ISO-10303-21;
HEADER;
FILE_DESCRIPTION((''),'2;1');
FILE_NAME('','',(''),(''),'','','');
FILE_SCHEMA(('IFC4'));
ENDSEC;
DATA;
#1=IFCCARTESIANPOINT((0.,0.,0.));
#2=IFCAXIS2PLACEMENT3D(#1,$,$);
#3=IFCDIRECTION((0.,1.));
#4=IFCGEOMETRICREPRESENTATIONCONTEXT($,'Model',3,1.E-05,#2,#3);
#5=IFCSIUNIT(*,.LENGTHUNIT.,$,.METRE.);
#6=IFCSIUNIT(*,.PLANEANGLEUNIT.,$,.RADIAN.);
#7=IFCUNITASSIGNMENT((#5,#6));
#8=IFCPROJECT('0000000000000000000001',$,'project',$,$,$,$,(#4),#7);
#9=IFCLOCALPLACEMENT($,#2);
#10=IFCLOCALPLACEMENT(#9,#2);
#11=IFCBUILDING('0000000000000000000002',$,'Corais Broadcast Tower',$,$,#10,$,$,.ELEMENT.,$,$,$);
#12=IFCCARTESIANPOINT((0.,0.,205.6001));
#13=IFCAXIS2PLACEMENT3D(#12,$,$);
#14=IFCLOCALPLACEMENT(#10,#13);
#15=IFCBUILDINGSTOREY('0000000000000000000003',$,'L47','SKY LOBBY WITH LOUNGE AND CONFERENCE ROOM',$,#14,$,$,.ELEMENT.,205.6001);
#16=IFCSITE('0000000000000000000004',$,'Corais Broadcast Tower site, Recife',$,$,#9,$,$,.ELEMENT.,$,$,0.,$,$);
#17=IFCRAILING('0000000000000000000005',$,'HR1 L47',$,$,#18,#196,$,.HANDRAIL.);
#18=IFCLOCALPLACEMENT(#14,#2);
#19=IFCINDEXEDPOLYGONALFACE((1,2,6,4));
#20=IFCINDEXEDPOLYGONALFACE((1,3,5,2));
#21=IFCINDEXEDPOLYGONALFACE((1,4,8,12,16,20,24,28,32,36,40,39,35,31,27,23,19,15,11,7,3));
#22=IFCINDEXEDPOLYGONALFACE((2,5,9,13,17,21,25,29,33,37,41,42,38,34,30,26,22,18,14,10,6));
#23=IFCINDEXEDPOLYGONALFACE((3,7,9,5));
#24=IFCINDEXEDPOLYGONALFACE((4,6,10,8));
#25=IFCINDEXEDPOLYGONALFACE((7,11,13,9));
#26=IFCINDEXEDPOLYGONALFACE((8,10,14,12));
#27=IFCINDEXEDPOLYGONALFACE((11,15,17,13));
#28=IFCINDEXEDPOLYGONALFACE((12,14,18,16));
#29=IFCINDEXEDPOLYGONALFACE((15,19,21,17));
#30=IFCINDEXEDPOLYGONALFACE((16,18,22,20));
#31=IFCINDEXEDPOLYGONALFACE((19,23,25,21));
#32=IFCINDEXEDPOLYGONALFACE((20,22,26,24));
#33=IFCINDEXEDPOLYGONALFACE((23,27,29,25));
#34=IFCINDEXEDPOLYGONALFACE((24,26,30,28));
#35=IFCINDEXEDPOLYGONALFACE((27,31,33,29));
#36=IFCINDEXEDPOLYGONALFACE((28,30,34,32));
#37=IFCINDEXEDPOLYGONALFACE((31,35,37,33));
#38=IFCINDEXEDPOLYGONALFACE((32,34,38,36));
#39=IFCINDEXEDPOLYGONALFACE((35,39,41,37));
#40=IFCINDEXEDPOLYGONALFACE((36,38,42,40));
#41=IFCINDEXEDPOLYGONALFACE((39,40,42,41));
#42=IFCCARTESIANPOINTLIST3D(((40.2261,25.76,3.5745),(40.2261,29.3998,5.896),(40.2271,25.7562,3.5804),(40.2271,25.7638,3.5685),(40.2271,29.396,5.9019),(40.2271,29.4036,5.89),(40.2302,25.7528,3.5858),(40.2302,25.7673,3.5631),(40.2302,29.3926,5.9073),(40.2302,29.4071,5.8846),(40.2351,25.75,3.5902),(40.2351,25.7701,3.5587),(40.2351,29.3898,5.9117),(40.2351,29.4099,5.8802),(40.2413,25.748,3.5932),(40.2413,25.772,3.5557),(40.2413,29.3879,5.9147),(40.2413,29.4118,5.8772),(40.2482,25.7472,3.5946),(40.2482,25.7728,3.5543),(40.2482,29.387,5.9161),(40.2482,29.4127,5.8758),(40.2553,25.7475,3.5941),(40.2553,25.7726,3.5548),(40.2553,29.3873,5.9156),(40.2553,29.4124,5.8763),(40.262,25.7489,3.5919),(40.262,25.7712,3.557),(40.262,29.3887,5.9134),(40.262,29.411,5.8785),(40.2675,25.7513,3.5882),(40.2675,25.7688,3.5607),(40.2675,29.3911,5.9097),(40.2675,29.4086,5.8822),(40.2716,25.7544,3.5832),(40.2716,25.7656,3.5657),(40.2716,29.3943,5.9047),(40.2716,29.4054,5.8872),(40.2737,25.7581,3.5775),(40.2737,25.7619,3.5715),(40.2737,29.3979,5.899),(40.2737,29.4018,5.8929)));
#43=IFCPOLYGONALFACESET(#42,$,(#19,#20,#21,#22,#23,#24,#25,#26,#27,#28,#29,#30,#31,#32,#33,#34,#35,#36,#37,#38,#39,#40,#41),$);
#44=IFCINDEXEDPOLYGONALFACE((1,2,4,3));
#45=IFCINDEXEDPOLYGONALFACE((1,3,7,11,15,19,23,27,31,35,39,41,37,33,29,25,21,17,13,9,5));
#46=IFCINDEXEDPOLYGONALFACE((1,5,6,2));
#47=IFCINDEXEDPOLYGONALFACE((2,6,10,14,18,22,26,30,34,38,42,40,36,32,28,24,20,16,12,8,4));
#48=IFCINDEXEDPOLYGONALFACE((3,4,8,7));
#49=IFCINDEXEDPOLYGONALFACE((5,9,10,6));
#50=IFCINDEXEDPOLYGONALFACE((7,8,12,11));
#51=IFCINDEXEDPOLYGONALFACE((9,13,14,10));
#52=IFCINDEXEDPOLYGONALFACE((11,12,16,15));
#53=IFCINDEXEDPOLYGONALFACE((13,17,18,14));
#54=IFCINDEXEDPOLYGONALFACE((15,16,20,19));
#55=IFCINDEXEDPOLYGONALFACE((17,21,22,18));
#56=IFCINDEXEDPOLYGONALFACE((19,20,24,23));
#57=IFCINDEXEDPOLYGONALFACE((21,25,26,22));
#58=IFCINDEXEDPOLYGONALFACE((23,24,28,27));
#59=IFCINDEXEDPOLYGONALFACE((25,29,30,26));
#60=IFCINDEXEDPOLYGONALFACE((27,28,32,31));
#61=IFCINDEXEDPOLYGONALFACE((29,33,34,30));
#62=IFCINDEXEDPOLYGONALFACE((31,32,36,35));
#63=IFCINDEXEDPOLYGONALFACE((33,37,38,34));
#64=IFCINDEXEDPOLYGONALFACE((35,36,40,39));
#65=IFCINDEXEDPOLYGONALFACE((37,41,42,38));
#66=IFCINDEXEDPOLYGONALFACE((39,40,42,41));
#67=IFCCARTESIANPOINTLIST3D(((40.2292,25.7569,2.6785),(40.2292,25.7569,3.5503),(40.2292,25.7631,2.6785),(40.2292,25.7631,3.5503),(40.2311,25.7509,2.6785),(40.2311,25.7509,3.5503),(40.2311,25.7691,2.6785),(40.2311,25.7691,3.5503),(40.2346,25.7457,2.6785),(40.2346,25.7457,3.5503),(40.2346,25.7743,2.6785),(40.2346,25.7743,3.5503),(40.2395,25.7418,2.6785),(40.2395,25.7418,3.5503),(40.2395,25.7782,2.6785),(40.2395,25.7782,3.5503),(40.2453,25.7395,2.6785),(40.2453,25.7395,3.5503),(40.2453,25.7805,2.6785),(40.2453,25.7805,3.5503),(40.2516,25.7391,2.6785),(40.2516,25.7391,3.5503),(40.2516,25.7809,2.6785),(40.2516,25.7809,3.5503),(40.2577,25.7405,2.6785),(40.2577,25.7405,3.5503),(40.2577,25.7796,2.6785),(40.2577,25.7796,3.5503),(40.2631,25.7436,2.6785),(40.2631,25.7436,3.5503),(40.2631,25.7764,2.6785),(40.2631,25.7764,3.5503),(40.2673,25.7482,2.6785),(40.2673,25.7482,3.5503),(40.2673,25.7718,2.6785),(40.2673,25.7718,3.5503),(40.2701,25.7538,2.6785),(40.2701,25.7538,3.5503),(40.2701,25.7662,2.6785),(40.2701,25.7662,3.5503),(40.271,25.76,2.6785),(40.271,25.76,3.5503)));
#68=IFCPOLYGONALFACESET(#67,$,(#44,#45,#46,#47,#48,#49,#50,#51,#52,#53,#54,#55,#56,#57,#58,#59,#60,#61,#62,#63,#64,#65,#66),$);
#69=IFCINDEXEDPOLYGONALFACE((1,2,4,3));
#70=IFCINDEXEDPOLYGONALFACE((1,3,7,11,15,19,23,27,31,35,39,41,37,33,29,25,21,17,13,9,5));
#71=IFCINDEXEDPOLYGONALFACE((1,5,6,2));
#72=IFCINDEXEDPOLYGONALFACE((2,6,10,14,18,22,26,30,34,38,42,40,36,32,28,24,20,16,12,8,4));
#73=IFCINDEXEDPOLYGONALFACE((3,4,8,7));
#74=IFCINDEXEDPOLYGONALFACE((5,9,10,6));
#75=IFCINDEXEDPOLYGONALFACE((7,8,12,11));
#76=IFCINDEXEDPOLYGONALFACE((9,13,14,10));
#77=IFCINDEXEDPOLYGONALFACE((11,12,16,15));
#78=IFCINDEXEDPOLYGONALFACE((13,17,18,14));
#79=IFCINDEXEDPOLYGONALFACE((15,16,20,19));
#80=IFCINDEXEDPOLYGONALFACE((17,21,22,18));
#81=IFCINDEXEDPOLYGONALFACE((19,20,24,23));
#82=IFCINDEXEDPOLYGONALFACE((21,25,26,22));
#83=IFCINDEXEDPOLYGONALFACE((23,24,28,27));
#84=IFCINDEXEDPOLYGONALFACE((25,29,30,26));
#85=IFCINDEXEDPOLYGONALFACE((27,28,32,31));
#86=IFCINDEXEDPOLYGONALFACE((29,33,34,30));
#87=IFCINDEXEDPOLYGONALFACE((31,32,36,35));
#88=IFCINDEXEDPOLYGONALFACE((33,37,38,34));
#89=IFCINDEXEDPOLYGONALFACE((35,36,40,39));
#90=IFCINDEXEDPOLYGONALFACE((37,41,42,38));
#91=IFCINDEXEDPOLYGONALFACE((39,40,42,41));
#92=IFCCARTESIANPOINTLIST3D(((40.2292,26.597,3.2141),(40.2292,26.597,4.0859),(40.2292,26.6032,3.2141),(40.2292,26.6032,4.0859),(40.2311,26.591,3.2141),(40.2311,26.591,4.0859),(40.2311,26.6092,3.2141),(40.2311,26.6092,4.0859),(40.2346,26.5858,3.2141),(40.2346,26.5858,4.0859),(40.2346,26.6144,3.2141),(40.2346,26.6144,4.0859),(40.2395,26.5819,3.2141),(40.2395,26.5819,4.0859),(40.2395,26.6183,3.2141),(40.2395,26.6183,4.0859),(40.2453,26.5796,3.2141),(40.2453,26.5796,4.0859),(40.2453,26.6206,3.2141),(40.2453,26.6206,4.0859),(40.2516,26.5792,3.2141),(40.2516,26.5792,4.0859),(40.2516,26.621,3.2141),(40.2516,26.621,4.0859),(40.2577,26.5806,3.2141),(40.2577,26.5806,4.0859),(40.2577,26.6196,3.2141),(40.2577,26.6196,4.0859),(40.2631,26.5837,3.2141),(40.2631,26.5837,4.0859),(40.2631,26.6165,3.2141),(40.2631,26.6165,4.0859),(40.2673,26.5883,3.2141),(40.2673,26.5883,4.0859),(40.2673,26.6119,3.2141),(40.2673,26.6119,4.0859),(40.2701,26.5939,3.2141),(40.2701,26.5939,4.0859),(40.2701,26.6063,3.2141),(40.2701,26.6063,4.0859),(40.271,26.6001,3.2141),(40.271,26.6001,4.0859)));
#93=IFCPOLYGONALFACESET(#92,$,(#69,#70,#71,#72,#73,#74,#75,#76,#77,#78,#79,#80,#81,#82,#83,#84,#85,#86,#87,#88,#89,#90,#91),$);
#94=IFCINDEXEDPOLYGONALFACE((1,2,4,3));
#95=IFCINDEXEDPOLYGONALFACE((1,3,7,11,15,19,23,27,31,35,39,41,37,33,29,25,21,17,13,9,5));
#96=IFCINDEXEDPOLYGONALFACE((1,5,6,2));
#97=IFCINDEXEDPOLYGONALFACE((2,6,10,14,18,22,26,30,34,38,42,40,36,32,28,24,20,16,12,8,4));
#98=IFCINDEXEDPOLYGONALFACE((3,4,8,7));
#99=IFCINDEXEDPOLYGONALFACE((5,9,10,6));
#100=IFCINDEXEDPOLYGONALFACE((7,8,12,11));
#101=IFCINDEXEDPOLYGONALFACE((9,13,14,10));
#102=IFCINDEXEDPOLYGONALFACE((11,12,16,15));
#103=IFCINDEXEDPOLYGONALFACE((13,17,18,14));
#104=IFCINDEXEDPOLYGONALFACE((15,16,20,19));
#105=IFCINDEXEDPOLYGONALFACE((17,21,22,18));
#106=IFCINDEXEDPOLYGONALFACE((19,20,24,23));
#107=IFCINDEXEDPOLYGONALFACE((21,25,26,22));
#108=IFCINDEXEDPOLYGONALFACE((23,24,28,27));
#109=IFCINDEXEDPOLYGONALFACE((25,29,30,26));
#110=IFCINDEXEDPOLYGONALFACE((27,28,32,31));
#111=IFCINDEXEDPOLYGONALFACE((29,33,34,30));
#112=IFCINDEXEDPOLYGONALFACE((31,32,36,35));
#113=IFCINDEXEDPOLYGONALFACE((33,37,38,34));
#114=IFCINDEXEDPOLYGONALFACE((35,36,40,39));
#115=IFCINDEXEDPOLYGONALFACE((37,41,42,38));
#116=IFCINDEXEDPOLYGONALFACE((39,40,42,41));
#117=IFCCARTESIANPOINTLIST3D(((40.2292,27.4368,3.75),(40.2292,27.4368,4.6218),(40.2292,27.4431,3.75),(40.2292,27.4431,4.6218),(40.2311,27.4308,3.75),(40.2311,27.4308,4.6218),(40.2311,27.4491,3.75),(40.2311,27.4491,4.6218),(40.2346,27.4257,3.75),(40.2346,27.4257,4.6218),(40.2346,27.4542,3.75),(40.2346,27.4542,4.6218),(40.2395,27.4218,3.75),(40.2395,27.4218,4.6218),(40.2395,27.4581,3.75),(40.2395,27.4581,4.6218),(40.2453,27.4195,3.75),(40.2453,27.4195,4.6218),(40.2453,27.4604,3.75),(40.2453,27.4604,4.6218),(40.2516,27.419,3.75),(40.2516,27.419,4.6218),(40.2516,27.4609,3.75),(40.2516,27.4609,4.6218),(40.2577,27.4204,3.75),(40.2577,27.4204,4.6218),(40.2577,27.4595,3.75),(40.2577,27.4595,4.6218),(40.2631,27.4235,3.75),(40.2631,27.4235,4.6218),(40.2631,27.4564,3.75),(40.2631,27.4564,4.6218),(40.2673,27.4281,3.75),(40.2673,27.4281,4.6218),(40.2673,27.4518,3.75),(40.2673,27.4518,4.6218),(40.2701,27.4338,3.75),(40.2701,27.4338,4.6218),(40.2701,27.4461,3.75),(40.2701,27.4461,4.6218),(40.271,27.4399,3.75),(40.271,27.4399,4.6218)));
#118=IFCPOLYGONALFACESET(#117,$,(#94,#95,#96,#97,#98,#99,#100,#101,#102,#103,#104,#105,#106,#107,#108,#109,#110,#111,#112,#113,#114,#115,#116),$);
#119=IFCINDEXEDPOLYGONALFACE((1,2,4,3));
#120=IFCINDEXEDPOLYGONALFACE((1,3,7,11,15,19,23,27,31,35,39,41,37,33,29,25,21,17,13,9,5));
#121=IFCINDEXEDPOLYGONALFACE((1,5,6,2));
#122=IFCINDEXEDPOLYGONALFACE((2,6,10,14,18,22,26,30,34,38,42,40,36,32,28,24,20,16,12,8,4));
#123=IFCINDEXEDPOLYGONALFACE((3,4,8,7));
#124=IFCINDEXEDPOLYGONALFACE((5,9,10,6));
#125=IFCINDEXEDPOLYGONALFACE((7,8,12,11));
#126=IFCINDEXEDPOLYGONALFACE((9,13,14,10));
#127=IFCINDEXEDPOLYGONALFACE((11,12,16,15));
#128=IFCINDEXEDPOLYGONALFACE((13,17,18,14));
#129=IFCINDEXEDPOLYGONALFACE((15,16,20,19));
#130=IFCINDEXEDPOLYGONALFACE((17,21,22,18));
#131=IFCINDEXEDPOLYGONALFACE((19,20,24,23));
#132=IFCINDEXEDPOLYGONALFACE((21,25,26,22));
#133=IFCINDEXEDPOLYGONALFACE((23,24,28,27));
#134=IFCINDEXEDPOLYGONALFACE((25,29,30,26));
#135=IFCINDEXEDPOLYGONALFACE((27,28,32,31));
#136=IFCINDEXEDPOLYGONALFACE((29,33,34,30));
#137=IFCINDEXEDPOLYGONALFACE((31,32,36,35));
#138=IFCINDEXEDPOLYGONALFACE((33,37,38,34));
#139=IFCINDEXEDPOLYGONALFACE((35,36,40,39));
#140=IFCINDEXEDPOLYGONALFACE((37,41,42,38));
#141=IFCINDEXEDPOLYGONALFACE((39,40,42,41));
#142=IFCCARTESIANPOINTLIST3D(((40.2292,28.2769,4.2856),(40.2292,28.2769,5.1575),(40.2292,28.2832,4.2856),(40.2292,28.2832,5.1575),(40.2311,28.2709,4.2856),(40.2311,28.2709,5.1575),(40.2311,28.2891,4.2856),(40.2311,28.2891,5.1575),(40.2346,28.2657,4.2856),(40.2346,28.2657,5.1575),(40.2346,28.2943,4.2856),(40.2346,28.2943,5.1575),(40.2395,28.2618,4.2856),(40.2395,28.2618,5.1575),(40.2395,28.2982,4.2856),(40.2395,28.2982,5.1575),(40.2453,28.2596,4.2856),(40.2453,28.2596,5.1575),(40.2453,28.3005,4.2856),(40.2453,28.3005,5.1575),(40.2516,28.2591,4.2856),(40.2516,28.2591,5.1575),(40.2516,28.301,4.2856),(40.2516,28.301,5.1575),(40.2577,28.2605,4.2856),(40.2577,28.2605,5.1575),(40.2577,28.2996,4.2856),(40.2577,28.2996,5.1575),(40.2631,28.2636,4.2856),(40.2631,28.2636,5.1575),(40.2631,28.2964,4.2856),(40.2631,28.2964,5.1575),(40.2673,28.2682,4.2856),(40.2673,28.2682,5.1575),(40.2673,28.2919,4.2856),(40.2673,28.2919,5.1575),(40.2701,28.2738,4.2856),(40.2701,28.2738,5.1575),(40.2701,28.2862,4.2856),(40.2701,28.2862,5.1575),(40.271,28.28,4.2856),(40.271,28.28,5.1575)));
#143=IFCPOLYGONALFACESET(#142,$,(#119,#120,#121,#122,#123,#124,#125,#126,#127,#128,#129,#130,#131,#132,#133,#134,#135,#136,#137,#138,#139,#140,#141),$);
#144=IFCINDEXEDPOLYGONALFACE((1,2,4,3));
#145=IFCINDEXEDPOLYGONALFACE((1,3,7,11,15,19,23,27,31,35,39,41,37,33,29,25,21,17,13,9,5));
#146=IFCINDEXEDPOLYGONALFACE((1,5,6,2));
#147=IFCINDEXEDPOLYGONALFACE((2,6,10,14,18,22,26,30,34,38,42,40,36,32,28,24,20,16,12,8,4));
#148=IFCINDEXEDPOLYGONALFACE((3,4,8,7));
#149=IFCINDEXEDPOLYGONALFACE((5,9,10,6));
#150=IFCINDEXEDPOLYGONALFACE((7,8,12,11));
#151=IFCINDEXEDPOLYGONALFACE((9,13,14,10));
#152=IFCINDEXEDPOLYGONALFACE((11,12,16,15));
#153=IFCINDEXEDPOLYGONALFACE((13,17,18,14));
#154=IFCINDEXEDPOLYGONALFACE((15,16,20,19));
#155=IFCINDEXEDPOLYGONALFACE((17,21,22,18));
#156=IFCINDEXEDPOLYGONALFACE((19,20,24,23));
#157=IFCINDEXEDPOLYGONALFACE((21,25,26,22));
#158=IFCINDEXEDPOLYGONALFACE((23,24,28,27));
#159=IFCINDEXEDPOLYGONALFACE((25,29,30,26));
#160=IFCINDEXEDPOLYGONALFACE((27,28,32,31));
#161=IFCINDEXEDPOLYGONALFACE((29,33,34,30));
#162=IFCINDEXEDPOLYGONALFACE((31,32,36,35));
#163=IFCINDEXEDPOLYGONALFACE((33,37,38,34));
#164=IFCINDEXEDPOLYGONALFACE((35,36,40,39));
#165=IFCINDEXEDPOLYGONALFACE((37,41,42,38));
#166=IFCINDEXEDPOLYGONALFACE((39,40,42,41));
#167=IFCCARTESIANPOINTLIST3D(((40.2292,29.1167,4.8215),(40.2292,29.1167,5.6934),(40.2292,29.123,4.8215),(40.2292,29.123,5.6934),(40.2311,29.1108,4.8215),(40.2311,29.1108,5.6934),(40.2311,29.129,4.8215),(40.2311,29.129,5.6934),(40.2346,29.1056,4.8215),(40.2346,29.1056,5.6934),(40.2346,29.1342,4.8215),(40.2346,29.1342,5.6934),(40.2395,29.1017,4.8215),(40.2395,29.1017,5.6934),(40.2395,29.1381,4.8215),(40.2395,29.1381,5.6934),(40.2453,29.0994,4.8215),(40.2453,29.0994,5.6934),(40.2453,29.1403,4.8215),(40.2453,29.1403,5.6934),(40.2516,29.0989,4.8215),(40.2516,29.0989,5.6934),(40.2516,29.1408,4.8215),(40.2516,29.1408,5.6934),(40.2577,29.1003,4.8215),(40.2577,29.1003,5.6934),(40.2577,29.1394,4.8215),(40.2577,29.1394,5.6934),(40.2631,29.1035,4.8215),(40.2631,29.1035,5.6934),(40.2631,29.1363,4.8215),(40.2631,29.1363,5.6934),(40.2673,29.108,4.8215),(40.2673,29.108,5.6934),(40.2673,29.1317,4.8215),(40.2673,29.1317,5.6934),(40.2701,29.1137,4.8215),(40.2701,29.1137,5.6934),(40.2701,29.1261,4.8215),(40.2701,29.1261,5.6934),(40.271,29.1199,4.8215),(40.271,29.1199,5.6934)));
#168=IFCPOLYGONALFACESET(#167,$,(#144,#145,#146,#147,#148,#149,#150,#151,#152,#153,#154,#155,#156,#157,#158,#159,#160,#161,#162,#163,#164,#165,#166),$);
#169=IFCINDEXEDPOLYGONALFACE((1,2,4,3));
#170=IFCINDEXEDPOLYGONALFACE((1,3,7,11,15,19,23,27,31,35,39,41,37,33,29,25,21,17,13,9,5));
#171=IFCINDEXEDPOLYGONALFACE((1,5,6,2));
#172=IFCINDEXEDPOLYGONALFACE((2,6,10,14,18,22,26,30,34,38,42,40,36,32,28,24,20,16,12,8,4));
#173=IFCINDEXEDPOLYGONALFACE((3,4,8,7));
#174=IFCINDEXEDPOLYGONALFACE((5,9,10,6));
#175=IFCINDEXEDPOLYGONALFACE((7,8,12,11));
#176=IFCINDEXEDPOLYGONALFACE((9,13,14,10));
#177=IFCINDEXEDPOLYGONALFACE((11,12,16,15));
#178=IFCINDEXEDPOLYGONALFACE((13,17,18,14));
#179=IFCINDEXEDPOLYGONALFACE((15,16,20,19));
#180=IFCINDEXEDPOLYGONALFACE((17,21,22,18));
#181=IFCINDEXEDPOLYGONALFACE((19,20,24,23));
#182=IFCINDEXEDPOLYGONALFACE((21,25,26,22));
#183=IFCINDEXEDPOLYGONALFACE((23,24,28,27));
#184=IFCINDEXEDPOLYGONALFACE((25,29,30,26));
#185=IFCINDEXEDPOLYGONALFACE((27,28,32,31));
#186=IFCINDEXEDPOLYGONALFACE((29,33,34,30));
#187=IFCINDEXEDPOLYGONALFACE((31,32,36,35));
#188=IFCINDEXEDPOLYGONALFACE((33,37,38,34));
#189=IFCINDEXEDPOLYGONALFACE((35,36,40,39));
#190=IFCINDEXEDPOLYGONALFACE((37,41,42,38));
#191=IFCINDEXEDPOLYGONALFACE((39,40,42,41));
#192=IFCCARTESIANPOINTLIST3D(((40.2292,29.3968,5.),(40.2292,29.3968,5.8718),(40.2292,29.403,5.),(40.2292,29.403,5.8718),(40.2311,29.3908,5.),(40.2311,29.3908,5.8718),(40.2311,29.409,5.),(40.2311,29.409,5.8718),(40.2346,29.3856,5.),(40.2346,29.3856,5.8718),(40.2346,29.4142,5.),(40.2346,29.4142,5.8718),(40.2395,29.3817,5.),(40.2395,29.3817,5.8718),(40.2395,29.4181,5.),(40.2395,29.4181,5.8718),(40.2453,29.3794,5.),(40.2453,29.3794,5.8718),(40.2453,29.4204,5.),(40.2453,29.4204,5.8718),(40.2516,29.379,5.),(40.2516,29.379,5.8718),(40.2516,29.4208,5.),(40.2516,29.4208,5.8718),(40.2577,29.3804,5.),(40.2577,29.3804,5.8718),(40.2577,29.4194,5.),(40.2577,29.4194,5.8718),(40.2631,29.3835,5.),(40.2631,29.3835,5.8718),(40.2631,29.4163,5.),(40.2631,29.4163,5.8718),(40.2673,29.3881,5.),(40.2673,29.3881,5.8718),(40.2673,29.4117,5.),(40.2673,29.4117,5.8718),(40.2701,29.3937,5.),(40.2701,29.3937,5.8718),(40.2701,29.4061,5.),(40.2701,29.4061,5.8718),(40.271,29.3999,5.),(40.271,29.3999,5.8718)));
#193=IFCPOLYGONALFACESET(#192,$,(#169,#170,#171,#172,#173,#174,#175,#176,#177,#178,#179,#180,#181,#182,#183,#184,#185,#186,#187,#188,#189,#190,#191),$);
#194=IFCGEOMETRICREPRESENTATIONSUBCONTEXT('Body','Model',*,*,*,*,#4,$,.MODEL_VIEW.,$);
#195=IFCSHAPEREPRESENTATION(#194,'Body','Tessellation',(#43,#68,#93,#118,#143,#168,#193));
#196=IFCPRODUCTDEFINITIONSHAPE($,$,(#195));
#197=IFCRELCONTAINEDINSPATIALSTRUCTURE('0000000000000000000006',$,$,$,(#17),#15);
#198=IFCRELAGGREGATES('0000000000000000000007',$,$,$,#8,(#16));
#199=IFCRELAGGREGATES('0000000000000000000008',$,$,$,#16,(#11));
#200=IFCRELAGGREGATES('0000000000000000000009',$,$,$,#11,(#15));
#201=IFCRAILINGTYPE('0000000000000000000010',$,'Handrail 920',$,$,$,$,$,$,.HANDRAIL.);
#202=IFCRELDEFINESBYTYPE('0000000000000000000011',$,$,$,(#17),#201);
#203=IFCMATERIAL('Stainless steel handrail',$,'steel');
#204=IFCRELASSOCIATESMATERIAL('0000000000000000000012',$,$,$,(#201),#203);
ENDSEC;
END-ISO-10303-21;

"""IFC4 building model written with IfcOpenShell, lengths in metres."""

from ifc_helpers import new_model, si_unit, direction, frame, origin, origin_2d, place, context, subcontext, project, spatial, circle, extrude, material, type_object, element, save


model = new_model("IFC4")

# Units and contexts
model_context = context("Model", 3, precision=1e-05, world=origin(), true_north=direction((0.0, 1.0)))
body_context = subcontext(model_context, "Body", "Model", "MODEL_VIEW")
ifc_project = project(units=[si_unit("LENGTHUNIT", "METRE"), si_unit("PLANEANGLEUNIT", "RADIAN")], contexts=[model_context])

# Site, building, storey
site_placement = place(None, origin())
site = spatial("IfcSite", under=ifc_project, at=site_placement, Name="Corais Broadcast Tower site, Recife", CompositionType="ELEMENT", RefElevation=0.0)
building_placement = place(site_placement, origin())
building = spatial("IfcBuilding", under=site, at=building_placement, Name="Corais Broadcast Tower", CompositionType="ELEMENT")
storey_placement = place(building_placement, frame((0.0, 0.0, 205.6001)))
storey = spatial("IfcBuildingStorey", under=building, at=storey_placement, Name="L47", Description="SKY LOBBY WITH LOUNGE AND CONFERENCE ROOM", CompositionType="ELEMENT", Elevation=205.6001)

# Railing
ifc_material_1 = material(Name="Stainless steel handrail", Category="steel")
railing_type = type_object("IfcRailingType", Name="Handrail 920", PredefinedType="HANDRAIL", material=ifc_material_1)
for number, where, name in (
    (1, (40.25, 25.76, 2.6785), "HR1 L47"),
):
    element("IfcRailing", number, at=place(storey_placement, frame(where)), inside=storey, type_object=railing_type, Name=name, PredefinedType="HANDRAIL", context=body_context, shape_type="SweptSolid", body=[
        extrude(circle(Radius=0.0239, at=origin_2d()), frame((0.0, 0.0, 0.896), z_axis=(0.0, 0.843112, 0.537739), x_axis=(-1.0, 0.0, 0.0)), (0.0, 0.0, 1.0), 4.3171),
        extrude(circle(Radius=0.021, at=origin_2d()), origin(), (0.0, 0.0, 1.0), 0.8718),
        extrude(circle(Radius=0.021, at=origin_2d()), frame((0.0, 0.8401, 0.5356)), (0.0, 0.0, 1.0), 0.8718),
        extrude(circle(Radius=0.021, at=origin_2d()), frame((0.0, 1.6799, 1.0715)), (0.0, 0.0, 1.0), 0.8718),
        extrude(circle(Radius=0.021, at=origin_2d()), frame((0.0, 2.52, 1.6072)), (0.0, 0.0, 1.0), 0.8718),
        extrude(circle(Radius=0.021, at=origin_2d()), frame((0.0, 3.3599, 2.1431)), (0.0, 0.0, 1.0), 0.8718),
        extrude(circle(Radius=0.021, at=origin_2d()), frame((0.0, 3.6399, 2.3215)), (0.0, 0.0, 1.0), 0.8718),
    ])

save(model, "model.ifc")
